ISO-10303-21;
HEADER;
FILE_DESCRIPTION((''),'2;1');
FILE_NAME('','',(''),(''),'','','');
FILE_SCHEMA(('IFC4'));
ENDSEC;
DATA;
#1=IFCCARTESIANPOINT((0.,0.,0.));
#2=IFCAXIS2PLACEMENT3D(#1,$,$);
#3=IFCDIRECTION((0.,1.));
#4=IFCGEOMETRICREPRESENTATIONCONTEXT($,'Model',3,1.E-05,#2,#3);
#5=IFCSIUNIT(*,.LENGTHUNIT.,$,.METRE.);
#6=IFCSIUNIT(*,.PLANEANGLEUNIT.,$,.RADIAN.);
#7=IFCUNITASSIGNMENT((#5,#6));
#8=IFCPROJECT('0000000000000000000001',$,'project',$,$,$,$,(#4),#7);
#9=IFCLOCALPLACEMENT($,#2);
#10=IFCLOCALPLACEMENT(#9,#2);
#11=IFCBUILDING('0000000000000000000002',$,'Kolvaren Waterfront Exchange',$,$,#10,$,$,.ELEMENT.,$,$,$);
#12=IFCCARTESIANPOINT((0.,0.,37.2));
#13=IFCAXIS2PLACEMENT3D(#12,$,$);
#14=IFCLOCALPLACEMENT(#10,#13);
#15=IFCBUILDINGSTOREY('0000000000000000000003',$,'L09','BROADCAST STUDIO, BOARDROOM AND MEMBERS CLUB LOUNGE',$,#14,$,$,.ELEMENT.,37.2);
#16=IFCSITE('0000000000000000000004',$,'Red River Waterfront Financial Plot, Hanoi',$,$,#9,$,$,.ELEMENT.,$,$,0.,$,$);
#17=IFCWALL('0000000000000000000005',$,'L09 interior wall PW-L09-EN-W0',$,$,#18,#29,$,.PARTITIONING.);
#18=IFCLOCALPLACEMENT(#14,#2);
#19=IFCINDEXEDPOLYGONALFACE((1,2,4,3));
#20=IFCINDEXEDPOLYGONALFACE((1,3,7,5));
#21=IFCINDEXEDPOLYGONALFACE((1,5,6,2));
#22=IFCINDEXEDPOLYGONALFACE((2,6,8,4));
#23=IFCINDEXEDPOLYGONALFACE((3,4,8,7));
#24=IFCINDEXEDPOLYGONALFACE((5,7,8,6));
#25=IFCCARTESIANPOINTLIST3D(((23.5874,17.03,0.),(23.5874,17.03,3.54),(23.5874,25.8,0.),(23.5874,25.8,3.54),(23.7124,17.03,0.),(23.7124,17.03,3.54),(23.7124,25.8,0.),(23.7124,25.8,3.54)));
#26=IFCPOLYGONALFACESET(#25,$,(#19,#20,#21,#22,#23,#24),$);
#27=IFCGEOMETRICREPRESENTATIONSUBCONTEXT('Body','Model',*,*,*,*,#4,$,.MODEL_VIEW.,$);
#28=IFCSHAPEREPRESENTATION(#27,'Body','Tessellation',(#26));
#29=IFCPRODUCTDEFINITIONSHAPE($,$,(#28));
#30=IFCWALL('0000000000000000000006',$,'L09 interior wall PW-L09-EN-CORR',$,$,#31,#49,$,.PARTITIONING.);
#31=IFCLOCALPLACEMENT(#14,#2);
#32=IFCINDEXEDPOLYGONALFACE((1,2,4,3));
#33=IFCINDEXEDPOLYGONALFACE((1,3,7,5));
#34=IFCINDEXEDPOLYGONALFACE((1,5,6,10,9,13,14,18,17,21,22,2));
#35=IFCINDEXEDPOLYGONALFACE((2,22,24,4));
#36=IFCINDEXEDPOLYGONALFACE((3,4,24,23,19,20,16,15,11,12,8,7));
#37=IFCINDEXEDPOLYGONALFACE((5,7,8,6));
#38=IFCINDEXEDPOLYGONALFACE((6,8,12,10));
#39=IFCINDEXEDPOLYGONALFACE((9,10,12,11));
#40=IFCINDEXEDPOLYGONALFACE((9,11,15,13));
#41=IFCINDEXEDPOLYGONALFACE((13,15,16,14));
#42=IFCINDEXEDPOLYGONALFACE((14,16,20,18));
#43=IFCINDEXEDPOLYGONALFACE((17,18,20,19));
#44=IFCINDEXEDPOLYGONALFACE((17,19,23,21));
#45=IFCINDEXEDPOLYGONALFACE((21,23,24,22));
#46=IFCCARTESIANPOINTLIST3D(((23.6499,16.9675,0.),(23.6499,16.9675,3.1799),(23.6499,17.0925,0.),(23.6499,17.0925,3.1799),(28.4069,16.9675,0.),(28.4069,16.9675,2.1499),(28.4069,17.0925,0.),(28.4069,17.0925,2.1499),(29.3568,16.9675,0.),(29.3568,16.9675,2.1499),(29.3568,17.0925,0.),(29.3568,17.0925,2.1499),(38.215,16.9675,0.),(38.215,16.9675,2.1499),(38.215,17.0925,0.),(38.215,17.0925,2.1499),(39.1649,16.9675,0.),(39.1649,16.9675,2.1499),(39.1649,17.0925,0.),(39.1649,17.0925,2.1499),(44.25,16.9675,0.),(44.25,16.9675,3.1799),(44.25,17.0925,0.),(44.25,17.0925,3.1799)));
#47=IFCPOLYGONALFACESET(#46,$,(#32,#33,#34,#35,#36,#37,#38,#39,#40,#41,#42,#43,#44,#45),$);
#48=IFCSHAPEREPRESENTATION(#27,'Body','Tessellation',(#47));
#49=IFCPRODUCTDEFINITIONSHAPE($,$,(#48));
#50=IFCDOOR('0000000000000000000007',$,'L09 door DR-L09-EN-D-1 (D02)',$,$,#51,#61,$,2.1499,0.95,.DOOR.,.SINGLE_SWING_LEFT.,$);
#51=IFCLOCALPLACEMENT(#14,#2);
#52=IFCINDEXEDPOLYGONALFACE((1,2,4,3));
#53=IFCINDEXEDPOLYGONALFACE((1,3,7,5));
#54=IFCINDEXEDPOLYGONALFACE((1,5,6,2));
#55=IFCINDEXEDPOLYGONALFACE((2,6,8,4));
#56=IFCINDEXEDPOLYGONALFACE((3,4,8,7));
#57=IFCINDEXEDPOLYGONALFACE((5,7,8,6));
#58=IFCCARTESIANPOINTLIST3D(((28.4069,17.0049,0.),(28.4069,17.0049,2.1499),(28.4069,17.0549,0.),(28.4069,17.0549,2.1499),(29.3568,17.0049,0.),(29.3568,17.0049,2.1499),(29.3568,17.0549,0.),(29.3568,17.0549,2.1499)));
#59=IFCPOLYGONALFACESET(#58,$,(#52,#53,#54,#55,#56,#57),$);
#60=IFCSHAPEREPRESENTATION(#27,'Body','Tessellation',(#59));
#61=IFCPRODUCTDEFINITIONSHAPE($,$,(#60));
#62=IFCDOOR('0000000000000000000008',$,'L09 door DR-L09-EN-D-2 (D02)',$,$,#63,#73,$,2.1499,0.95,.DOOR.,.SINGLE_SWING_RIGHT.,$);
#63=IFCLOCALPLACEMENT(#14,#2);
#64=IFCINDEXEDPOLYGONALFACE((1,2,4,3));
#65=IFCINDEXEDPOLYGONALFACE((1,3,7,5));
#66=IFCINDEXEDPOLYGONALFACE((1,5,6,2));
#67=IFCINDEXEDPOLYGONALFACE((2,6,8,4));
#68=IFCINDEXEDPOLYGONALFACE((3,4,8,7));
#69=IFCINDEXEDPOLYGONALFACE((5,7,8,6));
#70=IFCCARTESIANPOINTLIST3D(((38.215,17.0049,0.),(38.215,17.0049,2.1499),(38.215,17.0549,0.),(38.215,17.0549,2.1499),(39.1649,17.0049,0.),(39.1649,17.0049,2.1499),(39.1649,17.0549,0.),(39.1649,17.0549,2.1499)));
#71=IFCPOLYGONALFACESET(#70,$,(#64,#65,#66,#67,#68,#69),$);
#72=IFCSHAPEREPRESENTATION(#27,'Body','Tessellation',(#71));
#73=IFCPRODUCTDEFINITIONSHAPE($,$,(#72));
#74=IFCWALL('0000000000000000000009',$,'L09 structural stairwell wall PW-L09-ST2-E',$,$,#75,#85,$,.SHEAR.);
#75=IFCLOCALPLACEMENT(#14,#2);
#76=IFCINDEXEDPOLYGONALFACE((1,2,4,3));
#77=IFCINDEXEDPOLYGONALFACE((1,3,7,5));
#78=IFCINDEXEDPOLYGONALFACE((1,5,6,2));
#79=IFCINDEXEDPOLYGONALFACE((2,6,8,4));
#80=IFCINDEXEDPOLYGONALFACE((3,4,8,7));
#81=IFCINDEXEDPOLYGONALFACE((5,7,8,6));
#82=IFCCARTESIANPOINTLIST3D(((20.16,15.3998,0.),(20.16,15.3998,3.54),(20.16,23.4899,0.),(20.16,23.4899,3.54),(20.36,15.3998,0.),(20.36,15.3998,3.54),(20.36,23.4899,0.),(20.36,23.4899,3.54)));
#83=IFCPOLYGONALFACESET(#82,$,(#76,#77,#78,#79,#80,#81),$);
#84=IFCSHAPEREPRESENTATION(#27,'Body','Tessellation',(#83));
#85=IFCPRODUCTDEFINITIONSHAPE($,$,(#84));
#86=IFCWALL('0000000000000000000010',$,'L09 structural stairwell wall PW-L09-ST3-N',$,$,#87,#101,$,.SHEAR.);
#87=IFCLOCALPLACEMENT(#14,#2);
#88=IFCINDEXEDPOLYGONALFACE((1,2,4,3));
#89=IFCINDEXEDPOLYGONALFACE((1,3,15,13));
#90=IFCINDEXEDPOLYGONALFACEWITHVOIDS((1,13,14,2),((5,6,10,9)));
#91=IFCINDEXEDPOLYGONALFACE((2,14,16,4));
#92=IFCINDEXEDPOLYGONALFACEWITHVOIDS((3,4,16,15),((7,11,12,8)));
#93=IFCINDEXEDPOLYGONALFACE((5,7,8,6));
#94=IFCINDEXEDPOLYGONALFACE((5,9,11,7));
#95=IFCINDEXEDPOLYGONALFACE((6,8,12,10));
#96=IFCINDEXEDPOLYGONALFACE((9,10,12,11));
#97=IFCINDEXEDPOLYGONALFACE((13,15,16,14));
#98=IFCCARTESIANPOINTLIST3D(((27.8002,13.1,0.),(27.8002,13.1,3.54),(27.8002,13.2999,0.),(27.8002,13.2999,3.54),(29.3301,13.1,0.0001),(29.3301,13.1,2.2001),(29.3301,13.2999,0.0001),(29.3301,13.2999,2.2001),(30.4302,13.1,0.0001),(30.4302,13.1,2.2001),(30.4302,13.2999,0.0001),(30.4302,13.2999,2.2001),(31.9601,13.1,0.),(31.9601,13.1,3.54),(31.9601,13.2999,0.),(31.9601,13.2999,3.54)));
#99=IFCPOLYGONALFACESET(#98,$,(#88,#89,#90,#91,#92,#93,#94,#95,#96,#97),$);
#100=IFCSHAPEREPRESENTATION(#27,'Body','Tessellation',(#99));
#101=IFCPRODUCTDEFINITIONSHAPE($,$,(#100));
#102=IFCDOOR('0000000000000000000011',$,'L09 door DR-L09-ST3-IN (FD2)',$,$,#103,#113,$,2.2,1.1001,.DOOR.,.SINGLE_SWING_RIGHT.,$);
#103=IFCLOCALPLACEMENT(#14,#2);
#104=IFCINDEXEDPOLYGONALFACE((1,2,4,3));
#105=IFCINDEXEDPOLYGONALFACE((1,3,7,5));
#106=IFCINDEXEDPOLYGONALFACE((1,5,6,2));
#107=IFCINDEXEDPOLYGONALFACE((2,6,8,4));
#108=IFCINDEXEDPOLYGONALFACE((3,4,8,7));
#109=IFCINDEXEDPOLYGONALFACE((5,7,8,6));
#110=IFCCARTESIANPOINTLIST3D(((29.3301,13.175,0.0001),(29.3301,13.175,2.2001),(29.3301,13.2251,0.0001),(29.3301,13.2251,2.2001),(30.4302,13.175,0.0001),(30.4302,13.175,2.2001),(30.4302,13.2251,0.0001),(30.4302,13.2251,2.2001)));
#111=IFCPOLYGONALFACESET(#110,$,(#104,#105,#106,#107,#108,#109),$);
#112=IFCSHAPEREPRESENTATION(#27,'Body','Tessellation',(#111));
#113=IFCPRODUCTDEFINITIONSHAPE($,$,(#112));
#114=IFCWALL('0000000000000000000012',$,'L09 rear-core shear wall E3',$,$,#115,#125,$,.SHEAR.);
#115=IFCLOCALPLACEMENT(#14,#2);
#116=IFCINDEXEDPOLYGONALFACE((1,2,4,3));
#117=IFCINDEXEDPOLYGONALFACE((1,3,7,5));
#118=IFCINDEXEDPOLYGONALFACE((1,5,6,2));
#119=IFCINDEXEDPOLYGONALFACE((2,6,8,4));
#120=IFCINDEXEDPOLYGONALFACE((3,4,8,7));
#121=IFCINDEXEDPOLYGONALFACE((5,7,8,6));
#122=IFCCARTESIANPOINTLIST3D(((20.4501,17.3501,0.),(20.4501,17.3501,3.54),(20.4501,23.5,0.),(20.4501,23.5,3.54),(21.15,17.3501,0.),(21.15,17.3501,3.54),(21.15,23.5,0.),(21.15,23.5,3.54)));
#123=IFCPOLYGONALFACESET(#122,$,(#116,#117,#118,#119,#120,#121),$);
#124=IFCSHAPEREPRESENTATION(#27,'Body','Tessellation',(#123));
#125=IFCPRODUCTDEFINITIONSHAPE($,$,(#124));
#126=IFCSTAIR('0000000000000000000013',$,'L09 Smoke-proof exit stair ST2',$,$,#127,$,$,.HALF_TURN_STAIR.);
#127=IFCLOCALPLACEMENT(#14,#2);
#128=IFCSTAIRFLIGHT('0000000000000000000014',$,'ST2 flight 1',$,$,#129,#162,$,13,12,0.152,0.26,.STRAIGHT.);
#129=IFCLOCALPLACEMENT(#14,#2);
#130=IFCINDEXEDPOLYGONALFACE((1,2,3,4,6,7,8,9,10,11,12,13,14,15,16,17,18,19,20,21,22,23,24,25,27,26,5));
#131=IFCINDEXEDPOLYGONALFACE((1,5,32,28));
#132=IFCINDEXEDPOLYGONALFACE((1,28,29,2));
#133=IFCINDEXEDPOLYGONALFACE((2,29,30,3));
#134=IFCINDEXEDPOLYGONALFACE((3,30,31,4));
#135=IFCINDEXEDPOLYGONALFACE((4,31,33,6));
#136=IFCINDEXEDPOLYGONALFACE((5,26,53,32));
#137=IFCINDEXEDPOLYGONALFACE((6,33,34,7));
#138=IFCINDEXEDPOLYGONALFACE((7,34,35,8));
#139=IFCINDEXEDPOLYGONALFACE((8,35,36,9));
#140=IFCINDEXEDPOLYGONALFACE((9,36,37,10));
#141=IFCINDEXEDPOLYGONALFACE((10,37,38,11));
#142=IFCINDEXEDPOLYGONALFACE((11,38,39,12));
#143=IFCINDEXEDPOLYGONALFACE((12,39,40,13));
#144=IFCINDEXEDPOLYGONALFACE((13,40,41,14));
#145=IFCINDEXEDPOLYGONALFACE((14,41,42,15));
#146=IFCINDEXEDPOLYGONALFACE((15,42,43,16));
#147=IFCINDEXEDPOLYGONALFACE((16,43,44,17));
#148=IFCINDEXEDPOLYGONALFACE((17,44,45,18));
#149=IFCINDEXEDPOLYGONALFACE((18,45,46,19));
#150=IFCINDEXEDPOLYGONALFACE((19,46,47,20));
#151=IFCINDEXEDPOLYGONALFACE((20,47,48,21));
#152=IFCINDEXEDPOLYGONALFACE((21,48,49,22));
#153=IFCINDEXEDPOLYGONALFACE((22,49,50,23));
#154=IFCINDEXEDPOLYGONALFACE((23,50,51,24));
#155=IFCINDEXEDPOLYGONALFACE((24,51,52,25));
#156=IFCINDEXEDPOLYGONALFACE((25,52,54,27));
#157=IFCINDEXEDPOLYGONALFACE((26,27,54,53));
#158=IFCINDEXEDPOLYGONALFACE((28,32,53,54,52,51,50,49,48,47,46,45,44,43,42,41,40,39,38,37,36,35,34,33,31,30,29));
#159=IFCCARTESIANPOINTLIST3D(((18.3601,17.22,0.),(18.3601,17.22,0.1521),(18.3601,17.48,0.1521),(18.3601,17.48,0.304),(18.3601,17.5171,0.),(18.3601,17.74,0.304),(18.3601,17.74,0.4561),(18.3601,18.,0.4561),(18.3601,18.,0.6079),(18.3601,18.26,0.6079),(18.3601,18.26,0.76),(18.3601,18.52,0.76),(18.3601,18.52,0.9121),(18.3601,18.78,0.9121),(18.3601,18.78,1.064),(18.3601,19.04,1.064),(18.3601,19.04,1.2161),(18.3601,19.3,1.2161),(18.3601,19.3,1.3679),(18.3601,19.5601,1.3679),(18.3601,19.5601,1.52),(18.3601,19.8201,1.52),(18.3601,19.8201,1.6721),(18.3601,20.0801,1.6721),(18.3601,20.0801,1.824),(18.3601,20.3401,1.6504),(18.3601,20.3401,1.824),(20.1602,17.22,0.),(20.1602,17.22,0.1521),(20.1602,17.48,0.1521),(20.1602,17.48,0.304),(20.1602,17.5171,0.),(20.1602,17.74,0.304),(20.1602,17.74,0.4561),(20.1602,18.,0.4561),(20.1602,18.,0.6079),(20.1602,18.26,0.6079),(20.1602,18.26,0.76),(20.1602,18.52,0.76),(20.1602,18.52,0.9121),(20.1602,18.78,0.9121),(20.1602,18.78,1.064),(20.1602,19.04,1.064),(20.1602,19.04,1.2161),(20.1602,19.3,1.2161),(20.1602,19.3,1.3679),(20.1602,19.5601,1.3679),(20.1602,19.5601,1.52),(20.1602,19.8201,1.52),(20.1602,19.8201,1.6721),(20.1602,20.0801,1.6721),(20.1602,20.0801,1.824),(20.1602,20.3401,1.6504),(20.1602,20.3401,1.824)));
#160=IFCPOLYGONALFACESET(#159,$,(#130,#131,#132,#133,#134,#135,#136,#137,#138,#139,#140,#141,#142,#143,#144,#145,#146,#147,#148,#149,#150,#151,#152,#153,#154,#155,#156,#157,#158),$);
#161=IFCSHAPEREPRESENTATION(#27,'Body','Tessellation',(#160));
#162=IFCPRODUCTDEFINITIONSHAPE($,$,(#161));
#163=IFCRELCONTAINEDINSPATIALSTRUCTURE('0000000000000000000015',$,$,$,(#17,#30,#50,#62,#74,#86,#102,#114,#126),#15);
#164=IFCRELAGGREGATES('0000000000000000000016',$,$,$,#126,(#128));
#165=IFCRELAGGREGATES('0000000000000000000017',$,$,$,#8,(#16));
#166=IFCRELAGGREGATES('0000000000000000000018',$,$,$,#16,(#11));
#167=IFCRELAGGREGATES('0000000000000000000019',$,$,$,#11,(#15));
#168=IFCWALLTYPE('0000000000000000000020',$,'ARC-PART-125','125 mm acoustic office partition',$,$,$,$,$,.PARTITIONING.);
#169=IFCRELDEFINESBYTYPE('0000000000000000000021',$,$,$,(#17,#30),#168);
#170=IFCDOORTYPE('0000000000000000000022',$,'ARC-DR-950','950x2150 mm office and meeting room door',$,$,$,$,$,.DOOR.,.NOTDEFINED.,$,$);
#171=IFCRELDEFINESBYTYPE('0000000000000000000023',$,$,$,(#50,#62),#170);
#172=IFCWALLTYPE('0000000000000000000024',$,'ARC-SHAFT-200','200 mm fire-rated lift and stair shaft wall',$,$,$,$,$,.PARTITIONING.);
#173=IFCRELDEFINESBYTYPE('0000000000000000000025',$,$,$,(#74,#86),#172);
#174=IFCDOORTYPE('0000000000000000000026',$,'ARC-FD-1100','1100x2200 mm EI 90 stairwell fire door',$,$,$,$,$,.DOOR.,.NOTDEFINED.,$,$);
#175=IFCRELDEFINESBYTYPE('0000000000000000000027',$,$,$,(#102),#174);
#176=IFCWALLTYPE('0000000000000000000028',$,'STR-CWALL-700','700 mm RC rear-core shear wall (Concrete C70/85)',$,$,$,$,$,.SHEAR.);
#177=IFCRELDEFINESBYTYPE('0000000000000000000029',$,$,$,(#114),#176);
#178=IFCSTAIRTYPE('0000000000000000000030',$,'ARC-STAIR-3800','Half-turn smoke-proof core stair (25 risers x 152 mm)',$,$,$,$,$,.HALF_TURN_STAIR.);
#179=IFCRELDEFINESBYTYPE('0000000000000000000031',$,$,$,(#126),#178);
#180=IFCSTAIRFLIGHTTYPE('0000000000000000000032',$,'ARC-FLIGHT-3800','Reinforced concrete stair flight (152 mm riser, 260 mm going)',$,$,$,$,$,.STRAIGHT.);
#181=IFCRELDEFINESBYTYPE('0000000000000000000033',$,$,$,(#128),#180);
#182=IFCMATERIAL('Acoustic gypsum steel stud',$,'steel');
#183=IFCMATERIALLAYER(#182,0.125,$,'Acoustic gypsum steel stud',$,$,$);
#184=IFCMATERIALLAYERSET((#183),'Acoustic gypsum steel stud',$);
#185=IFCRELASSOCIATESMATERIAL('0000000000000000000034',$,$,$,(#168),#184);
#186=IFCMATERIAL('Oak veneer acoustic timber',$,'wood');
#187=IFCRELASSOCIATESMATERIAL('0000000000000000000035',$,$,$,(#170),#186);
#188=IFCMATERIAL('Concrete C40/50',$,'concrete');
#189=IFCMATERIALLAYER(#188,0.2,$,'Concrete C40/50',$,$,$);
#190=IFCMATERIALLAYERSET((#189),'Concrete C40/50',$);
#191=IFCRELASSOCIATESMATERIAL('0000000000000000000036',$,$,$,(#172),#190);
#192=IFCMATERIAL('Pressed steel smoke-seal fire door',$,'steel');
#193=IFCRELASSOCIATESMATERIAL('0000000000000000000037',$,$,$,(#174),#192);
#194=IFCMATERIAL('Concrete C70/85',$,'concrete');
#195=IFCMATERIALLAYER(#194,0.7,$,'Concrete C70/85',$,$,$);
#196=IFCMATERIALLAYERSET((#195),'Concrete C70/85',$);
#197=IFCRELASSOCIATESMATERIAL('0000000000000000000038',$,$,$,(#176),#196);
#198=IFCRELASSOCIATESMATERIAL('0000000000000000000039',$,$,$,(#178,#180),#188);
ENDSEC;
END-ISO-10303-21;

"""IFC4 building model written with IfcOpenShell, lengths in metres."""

from ifc_helpers import new_model, si_unit, direction, frame, frame_2d, origin, place, context, subcontext, project, spatial, polyline, rectangle, outline, extrude, material, layer, layer_set, type_object, element, fill, aggregate, save


model = new_model("IFC4")

# Units and contexts
model_context = context("Model", 3, precision=1e-05, world=origin(), true_north=direction((0.0, 1.0)))
body_context = subcontext(model_context, "Body", "Model", "MODEL_VIEW")
ifc_project = project(units=[si_unit("LENGTHUNIT", "METRE"), si_unit("PLANEANGLEUNIT", "RADIAN")], contexts=[model_context])

# Site, building, storey
site_placement = place(None, origin())
site = spatial("IfcSite", under=ifc_project, at=site_placement, Name="Red River Waterfront Financial Plot, Hanoi", CompositionType="ELEMENT", RefElevation=0.0)
building_placement = place(site_placement, origin())
building = spatial("IfcBuilding", under=site, at=building_placement, Name="Kolvaren Waterfront Exchange", CompositionType="ELEMENT")
storey_placement = place(building_placement, frame((0.0, 0.0, 37.2)))
storey = spatial("IfcBuildingStorey", under=building, at=storey_placement, Name="L09", Description="BROADCAST STUDIO, BOARDROOM AND MEMBERS CLUB LOUNGE", CompositionType="ELEMENT", Elevation=37.2)

# Shared definitions
ifc_material_1 = material(Name="Concrete C70/85", Category="concrete")

# Shared definitions
ifc_material_2 = material(Name="Acoustic gypsum steel stud", Category="steel")
ifc_layer_1 = layer(ifc_material_2, 0.125, Name="Acoustic gypsum steel stud")
ifc_layer_set_1 = layer_set([ifc_layer_1], Name="Acoustic gypsum steel stud")
wall_type_1 = type_object("IfcWallType", Name="ARC-PART-125", Description="125 mm acoustic office partition", PredefinedType="PARTITIONING", material=ifc_layer_set_1)
ifc_material_3 = material(Name="Oak veneer acoustic timber", Category="wood")
door_type_1 = type_object("IfcDoorType", Name="ARC-DR-950", Description="950x2150 mm office and meeting room door", OperationType="NOTDEFINED", PredefinedType="DOOR", material=ifc_material_3)

# Wall
wall_1_placement = place(storey_placement, frame((23.6499, 17.03, 0.0), z_axis=(0.0, 0.0, 1.0), x_axis=(0.0, 1.0, 0.0)))
element("IfcWall", 1, at=wall_1_placement, inside=storey, type_object=wall_type_1, Name="L09 interior wall PW-L09-EN-W0", PredefinedType="PARTITIONING", context=body_context, shape_type="SweptSolid", body=[
    extrude(rectangle(XDim=8.77, YDim=0.125, at=frame_2d((4.385, 0.0))), origin(), (0.0, 0.0, 1.0), 3.54),
])

# Wall, openings, doors
wall_2_placement = place(storey_placement, frame((23.6499, 17.03, 0.0), z_axis=(0.0, 0.0, 1.0), x_axis=(1.0, 0.0, 0.0)))
wall_2 = element("IfcWall", 2, at=wall_2_placement, inside=storey, type_object=wall_type_1, Name="L09 interior wall PW-L09-EN-CORR", PredefinedType="PARTITIONING", context=body_context, shape_type="SweptSolid", body=[
    extrude(rectangle(XDim=20.6001, YDim=0.125, at=frame_2d((10.3, 0.0))), origin(), (0.0, 0.0, 1.0), 3.1799),
])
opening_1_placement = place(wall_2_placement, frame((4.7568, 0.0, 0.0)))
opening_1 = element("IfcOpeningElement", 3, at=opening_1_placement, cuts=wall_2, PredefinedType="OPENING", context=body_context, shape_type="SweptSolid", body=[
    extrude(rectangle(XDim=0.95, YDim=2.1499, at=frame_2d((0.4751, 1.075))), frame((0.0, 0.0725, 0.0), z_axis=(0.0, -1.0, 0.0), x_axis=(1.0, 0.0, 0.0)), (0.0, 0.0, 1.0), 0.145),
])
opening_2_placement = place(wall_2_placement, frame((14.5649, 0.0, 0.0)))
opening_2 = element("IfcOpeningElement", 4, at=opening_2_placement, cuts=wall_2, PredefinedType="OPENING", context=body_context, shape_type="SweptSolid", body=[
    extrude(rectangle(XDim=0.95, YDim=2.1499, at=frame_2d((0.4751, 1.075))), frame((0.0, 0.0725, 0.0), z_axis=(0.0, -1.0, 0.0), x_axis=(1.0, 0.0, 0.0)), (0.0, 0.0, 1.0), 0.145),
])
door_1_placement = place(opening_1_placement, origin())
door_1 = element("IfcDoor", 5, at=door_1_placement, inside=storey, type_object=door_type_1, Name="L09 door DR-L09-EN-D-1 (D02)", OperationType="SINGLE_SWING_LEFT", OverallHeight=2.1499, OverallWidth=0.95, PredefinedType="DOOR", context=body_context, shape_type="SweptSolid", body=[
    extrude(rectangle(XDim=0.95, YDim=2.1499, at=frame_2d((0.4751, 1.075))), frame((0.0, 0.0249, 0.0), z_axis=(0.0, -1.0, 0.0), x_axis=(1.0, 0.0, 0.0)), (0.0, 0.0, 1.0), 0.05),
])
fill(opening_1, door_1)
door_2_placement = place(opening_2_placement, origin())
door_2 = element("IfcDoor", 6, at=door_2_placement, inside=storey, type_object=door_type_1, Name="L09 door DR-L09-EN-D-2 (D02)", OperationType="SINGLE_SWING_RIGHT", OverallHeight=2.1499, OverallWidth=0.95, PredefinedType="DOOR", context=body_context, shape_type="SweptSolid", body=[
    extrude(rectangle(XDim=0.95, YDim=2.1499, at=frame_2d((0.4751, 1.075))), frame((0.0, 0.0249, 0.0), z_axis=(0.0, -1.0, 0.0), x_axis=(1.0, 0.0, 0.0)), (0.0, 0.0, 1.0), 0.05),
])
fill(opening_2, door_2)

# Wall
ifc_material_4 = material(Name="Concrete C40/50", Category="concrete")
ifc_layer_2 = layer(ifc_material_4, 0.2, Name="Concrete C40/50")
ifc_layer_set_2 = layer_set([ifc_layer_2], Name="Concrete C40/50")
wall_type_2 = type_object("IfcWallType", Name="ARC-SHAFT-200", Description="200 mm fire-rated lift and stair shaft wall", PredefinedType="PARTITIONING", material=ifc_layer_set_2)
wall_3_placement = place(storey_placement, frame((20.26, 15.3999, 0.0), z_axis=(0.0, 0.0, 1.0), x_axis=(0.0, 1.0, 0.0)))
element("IfcWall", 7, at=wall_3_placement, inside=storey, type_object=wall_type_2, Name="L09 structural stairwell wall PW-L09-ST2-E", PredefinedType="SHEAR", context=body_context, shape_type="SweptSolid", body=[
    extrude(rectangle(XDim=8.0901, YDim=0.2, at=frame_2d((4.0449, 0.0))), origin(), (0.0, 0.0, 1.0), 3.54),
])

# Wall, opening, door
wall_4_placement = place(storey_placement, frame((27.8, 13.2, 0.0), z_axis=(0.0, 0.0, 1.0), x_axis=(1.0, 0.0, 0.0)))
wall_4 = element("IfcWall", 8, at=wall_4_placement, inside=storey, type_object=wall_type_2, Name="L09 structural stairwell wall PW-L09-ST3-N", PredefinedType="SHEAR", context=body_context, shape_type="SweptSolid", body=[
    extrude(rectangle(XDim=4.1599, YDim=0.2, at=frame_2d((2.0801, 0.0))), origin(), (0.0, 0.0, 1.0), 3.54),
])
opening_3_placement = place(wall_4_placement, frame((1.53, 0.0, 0.0)))
opening_3 = element("IfcOpeningElement", 9, at=opening_3_placement, cuts=wall_4, PredefinedType="OPENING", context=body_context, shape_type="SweptSolid", body=[
    extrude(rectangle(XDim=1.1001, YDim=2.2, at=frame_2d((0.55, 1.1001))), frame((0.0, 0.1099, 0.0), z_axis=(0.0, -1.0, 0.0), x_axis=(1.0, 0.0, 0.0)), (0.0, 0.0, 1.0), 0.22),
])
ifc_material_5 = material(Name="Pressed steel smoke-seal fire door", Category="steel")
door_type_2 = type_object("IfcDoorType", Name="ARC-FD-1100", Description="1100x2200 mm EI 90 stairwell fire door", OperationType="NOTDEFINED", PredefinedType="DOOR", material=ifc_material_5)
door_3_placement = place(opening_3_placement, frame((1.1001, 0.0, 0.0), z_axis=(0.0, 0.0, 1.0), x_axis=(-1.0, 0.0, 0.0)))
door_3 = element("IfcDoor", 10, at=door_3_placement, inside=storey, type_object=door_type_2, Name="L09 door DR-L09-ST3-IN (FD2)", OperationType="SINGLE_SWING_RIGHT", OverallHeight=2.2, OverallWidth=1.1001, PredefinedType="DOOR", context=body_context, shape_type="SweptSolid", body=[
    extrude(rectangle(XDim=1.1001, YDim=2.2, at=frame_2d((0.55, 1.1001))), frame((0.0, 0.0249, 0.0), z_axis=(0.0, -1.0, 0.0), x_axis=(1.0, 0.0, 0.0)), (0.0, 0.0, 1.0), 0.05),
])
fill(opening_3, door_3)

# Wall
ifc_layer_3 = layer(ifc_material_1, 0.7, Name="Concrete C70/85")
ifc_layer_set_3 = layer_set([ifc_layer_3], Name="Concrete C70/85")
wall_type_3 = type_object("IfcWallType", Name="STR-CWALL-700", Description="700 mm RC rear-core shear wall (Concrete C70/85)", PredefinedType="SHEAR", material=ifc_layer_set_3)
wall_5_placement = place(storey_placement, frame((20.8, 17.3501, 0.0), z_axis=(0.0, 0.0, 1.0), x_axis=(0.0, 1.0, 0.0)))
element("IfcWall", 11, at=wall_5_placement, inside=storey, type_object=wall_type_3, Name="L09 rear-core shear wall E3", PredefinedType="SHEAR", context=body_context, shape_type="SweptSolid", body=[
    extrude(rectangle(XDim=6.1499, YDim=0.7, at=frame_2d((3.075, 0.0))), origin(), (0.0, 0.0, 1.0), 3.54),
])

# Stair, stair flight
stair_type = type_object("IfcStairType", Name="ARC-STAIR-3800", Description="Half-turn smoke-proof core stair (25 risers x 152 mm)", PredefinedType="HALF_TURN_STAIR", material=ifc_material_4)
stair_placement = place(storey_placement, origin())
stair = element("IfcStair", 12, at=stair_placement, inside=storey, type_object=stair_type, Name="L09 Smoke-proof exit stair ST2", PredefinedType="HALF_TURN_STAIR")
stair_flight_type = type_object("IfcStairFlightType", Name="ARC-FLIGHT-3800", Description="Reinforced concrete stair flight (152 mm riser, 260 mm going)", PredefinedType="STRAIGHT", material=ifc_material_4)
stair_flight_placement = place(storey_placement, frame((19.26, 17.22, 0.0), z_axis=(0.0, 0.0, 1.0), x_axis=(0.0, 1.0, 0.0)))
stair_flight = element("IfcStairFlight", 13, at=stair_flight_placement, type_object=stair_flight_type, Name="ST2 flight 1", NumberOfRisers=13, NumberOfTreads=12, PredefinedType="STRAIGHT", RiserHeight=0.152, TreadLength=0.26, context=body_context, shape_type="SweptSolid", body=[
    extrude(outline(polyline([(0.0, 0.0), (0.0, 0.1521), (0.26, 0.1521), (0.26, 0.304), (0.52, 0.304), (0.52, 0.4561), (0.78, 0.4561), (0.78, 0.6079), (1.04, 0.6079), (1.04, 0.76), (1.3, 0.76), (1.3, 0.9121), (1.5601, 0.9121), (1.5601, 1.064), (1.8201, 1.064), (1.8201, 1.2161), (2.0801, 1.2161), (2.0801, 1.3679), (2.3401, 1.3679), (2.3401, 1.52), (2.6001, 1.52), (2.6001, 1.6721), (2.8601, 1.6721), (2.8601, 1.824), (3.1201, 1.824), (3.1201, 1.9761), (3.1201, 1.6504), (0.2971, 0.0), (0.0, 0.0)])), frame((0.0, 0.8999, 0.0), z_axis=(0.0, -1.0, 0.0), x_axis=(1.0, 0.0, 0.0)), (0.0, 0.0, 1.0), 1.8),
])
aggregate(stair, [stair_flight])

save(model, "model.ifc")
